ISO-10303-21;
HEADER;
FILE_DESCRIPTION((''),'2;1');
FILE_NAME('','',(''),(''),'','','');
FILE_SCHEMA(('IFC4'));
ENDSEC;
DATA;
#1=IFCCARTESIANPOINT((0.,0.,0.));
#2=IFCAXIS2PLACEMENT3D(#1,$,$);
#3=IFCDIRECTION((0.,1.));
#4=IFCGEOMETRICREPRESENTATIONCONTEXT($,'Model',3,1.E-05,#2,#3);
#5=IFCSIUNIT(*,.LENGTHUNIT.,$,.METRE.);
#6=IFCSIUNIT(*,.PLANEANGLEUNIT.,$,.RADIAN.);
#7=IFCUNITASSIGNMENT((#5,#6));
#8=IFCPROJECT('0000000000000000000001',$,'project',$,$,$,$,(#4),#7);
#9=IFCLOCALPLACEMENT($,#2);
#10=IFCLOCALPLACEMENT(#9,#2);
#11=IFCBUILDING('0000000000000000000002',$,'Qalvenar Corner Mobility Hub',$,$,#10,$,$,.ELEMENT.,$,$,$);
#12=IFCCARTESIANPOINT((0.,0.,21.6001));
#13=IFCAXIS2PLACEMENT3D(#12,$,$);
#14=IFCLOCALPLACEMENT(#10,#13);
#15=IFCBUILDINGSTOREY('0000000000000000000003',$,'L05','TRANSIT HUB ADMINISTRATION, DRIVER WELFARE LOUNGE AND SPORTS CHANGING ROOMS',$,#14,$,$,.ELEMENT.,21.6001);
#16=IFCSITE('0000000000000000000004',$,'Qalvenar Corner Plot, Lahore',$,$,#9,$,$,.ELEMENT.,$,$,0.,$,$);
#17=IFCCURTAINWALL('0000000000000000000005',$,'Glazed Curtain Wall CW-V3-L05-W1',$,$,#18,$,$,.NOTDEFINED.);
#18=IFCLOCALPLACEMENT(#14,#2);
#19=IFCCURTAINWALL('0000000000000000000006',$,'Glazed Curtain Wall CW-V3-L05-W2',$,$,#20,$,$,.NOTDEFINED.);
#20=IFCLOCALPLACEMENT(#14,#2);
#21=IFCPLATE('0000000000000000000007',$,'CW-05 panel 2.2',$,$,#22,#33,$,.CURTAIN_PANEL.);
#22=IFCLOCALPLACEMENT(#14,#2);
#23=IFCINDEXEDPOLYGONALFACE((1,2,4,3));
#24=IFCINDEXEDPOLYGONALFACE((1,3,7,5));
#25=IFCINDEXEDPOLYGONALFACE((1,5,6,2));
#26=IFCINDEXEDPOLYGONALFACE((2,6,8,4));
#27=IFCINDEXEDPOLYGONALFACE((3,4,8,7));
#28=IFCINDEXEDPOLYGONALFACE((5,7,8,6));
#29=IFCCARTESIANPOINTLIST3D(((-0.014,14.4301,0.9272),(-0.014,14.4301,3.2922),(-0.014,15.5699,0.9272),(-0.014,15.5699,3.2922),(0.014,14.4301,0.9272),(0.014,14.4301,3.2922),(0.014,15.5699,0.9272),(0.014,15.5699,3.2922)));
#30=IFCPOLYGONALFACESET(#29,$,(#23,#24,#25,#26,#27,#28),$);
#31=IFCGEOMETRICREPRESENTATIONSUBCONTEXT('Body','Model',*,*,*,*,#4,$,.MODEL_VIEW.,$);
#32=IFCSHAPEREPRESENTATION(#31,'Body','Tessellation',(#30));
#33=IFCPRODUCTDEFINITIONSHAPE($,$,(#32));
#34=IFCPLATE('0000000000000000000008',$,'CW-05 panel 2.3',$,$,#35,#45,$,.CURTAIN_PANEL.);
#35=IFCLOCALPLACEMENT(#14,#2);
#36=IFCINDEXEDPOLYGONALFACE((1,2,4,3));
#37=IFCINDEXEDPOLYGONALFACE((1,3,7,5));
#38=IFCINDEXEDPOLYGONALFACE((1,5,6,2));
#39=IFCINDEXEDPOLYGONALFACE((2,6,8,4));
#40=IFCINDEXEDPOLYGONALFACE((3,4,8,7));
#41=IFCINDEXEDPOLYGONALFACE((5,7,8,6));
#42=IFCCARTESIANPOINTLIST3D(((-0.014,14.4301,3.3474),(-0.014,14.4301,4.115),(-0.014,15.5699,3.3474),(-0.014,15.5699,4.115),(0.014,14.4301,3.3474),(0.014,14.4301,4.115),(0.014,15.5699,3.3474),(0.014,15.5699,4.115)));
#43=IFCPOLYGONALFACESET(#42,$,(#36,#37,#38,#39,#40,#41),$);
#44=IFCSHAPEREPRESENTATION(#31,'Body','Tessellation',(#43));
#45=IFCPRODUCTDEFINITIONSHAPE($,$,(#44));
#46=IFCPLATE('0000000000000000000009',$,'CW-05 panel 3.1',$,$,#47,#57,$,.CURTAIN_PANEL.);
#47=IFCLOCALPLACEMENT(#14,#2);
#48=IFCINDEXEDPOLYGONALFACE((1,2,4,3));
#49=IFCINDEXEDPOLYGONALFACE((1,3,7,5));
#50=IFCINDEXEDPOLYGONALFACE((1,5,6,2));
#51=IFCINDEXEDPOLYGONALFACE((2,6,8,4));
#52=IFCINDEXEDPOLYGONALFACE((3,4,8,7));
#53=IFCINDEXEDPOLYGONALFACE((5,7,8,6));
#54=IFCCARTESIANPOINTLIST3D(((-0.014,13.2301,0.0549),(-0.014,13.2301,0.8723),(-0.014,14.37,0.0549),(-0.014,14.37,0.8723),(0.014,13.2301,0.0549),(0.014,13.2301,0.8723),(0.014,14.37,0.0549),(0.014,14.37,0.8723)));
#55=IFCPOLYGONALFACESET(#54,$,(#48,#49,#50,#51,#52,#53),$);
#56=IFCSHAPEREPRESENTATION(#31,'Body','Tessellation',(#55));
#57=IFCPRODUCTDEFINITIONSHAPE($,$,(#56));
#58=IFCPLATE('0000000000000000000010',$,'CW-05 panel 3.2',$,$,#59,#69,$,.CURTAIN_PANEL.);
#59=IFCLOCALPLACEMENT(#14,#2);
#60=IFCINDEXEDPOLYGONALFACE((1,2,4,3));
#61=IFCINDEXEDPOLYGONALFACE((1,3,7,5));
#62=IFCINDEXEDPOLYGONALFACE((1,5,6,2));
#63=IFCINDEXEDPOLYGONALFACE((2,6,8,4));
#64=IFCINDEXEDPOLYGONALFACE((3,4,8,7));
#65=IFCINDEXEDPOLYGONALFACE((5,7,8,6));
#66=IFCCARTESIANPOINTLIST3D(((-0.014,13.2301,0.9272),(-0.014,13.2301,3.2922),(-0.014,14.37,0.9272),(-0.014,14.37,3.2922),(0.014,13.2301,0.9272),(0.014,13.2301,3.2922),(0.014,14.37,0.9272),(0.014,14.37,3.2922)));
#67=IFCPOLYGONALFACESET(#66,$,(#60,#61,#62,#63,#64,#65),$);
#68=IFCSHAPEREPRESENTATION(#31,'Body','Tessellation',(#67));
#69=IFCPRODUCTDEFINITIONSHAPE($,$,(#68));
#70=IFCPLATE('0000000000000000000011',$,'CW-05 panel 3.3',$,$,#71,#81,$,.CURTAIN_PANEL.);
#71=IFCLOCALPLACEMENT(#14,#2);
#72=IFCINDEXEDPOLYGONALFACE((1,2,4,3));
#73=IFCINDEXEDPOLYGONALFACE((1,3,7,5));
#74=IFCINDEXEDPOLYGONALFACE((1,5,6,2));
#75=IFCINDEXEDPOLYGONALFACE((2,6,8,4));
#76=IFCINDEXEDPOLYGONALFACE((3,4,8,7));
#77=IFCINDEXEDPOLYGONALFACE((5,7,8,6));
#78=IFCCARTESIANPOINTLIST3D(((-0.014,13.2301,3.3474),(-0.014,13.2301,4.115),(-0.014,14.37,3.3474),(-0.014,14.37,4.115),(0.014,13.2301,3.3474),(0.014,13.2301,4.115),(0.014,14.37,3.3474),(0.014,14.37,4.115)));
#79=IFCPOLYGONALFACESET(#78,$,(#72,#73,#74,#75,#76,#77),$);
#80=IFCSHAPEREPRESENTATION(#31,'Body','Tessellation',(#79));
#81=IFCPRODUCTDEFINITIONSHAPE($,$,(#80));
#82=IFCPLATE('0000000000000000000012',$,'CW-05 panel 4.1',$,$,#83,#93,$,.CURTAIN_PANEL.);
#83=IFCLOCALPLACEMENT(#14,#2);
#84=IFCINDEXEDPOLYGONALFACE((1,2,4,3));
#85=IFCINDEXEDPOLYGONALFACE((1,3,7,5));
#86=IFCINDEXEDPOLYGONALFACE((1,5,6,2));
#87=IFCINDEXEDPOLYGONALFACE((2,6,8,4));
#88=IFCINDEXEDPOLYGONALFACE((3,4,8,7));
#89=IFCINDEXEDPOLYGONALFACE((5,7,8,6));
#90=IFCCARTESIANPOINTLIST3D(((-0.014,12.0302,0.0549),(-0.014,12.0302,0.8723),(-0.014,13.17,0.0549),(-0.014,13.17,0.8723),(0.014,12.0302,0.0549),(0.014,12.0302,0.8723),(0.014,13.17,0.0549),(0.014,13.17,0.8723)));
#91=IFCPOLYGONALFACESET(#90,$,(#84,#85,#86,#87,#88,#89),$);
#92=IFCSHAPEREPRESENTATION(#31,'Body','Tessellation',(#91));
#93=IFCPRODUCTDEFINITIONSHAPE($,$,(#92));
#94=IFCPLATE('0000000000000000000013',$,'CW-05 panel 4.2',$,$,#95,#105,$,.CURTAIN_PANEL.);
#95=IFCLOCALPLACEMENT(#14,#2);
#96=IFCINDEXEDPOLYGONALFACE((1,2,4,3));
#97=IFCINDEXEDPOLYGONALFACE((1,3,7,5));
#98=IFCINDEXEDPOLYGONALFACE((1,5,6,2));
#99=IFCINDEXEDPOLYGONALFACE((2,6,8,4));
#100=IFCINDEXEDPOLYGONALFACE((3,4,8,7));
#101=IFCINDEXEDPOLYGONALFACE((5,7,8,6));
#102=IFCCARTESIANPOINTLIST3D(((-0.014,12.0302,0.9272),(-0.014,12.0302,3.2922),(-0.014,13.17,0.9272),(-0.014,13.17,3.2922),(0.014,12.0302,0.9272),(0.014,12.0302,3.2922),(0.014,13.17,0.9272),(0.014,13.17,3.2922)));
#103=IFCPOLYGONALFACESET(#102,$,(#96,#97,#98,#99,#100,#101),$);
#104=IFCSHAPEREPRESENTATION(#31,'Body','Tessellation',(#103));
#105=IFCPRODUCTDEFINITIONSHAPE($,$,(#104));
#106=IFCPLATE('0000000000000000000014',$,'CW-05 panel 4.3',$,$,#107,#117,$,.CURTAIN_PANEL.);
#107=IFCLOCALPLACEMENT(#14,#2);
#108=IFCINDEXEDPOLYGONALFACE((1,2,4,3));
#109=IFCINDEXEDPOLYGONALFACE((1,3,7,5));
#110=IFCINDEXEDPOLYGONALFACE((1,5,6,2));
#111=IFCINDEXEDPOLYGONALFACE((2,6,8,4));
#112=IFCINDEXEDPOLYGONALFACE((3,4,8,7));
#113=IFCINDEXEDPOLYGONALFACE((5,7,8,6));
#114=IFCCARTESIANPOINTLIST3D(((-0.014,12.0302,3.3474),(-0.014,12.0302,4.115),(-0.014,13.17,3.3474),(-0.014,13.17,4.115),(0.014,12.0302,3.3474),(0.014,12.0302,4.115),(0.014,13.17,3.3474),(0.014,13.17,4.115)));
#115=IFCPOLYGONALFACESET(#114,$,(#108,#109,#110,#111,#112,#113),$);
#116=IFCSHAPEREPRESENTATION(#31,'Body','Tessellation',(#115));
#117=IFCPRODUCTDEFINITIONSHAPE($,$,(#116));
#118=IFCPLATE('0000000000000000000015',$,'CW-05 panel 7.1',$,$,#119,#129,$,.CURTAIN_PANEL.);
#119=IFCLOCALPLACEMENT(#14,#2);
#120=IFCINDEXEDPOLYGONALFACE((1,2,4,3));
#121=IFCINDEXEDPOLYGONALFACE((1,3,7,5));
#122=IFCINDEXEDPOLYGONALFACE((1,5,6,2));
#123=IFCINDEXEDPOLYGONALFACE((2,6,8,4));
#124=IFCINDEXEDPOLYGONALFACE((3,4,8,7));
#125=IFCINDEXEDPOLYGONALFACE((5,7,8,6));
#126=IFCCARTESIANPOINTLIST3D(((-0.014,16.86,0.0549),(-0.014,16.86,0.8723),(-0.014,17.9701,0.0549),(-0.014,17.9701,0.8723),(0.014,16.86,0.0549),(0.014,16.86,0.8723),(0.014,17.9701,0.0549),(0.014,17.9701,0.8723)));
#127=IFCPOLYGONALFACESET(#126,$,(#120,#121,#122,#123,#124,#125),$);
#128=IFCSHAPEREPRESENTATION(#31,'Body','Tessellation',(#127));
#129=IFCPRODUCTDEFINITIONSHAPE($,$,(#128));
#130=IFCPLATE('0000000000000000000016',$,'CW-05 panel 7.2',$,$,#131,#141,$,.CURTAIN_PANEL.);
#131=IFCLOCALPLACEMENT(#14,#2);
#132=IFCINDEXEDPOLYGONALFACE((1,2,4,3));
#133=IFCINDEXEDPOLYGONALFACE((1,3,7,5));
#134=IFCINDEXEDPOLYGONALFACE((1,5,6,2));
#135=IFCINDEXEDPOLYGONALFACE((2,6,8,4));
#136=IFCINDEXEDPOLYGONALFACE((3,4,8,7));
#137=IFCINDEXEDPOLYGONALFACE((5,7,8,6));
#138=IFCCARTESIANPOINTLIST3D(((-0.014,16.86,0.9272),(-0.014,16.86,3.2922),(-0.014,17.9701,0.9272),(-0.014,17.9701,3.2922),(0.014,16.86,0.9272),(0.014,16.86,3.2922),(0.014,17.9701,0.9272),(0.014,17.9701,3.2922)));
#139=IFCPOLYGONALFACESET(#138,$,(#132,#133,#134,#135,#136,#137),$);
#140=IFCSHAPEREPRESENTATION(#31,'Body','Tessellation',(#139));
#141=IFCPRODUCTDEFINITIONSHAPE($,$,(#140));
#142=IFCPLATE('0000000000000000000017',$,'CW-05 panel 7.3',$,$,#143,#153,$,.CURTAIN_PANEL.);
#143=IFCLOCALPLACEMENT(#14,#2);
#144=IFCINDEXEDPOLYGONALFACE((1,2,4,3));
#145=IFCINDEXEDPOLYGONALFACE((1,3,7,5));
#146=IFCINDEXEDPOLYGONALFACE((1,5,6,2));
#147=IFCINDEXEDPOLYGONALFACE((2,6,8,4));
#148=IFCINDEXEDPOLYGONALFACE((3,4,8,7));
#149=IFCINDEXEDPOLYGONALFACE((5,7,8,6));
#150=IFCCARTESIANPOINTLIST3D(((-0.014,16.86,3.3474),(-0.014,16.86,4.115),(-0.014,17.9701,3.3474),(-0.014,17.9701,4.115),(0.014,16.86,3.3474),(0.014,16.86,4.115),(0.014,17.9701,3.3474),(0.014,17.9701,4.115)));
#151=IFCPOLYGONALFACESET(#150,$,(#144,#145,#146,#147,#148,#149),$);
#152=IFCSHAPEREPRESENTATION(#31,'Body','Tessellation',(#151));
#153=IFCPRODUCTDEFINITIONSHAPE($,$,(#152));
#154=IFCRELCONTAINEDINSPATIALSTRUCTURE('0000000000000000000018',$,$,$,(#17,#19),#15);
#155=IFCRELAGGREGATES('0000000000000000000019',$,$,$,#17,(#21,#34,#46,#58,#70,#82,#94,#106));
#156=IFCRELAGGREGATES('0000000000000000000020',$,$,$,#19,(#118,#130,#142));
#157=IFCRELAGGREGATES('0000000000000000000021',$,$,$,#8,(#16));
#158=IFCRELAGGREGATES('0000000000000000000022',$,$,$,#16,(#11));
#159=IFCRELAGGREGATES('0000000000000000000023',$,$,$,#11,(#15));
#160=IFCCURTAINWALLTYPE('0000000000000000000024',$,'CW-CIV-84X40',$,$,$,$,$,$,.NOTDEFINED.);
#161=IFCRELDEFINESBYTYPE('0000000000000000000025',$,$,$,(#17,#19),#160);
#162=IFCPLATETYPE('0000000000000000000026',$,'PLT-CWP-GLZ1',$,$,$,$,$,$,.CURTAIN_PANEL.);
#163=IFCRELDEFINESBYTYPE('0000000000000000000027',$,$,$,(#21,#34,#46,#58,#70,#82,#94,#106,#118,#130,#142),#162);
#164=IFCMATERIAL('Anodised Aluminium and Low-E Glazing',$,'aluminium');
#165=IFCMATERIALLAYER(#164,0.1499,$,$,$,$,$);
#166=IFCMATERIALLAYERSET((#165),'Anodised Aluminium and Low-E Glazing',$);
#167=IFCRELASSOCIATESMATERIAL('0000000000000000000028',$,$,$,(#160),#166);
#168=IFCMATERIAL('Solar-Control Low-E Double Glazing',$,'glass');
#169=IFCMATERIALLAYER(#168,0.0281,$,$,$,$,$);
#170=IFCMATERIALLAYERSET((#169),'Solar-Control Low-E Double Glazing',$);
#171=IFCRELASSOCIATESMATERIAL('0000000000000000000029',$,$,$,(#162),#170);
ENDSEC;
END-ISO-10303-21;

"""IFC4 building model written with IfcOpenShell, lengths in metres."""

from ifc_helpers import new_model, si_unit, direction, frame, origin, origin_2d, place, context, subcontext, project, spatial, rectangle, extrude, material, layer, layer_set, type_object, element, aggregate, save


model = new_model("IFC4")

# Units and contexts
model_context = context("Model", 3, precision=1e-05, world=origin(), true_north=direction((0.0, 1.0)))
body_context = subcontext(model_context, "Body", "Model", "MODEL_VIEW")
ifc_project = project(units=[si_unit("LENGTHUNIT", "METRE"), si_unit("PLANEANGLEUNIT", "RADIAN")], contexts=[model_context])

# Site, building, storey
site_placement = place(None, origin())
site = spatial("IfcSite", under=ifc_project, at=site_placement, Name="Qalvenar Corner Plot, Lahore", CompositionType="ELEMENT", RefElevation=0.0)
building_placement = place(site_placement, origin())
building = spatial("IfcBuilding", under=site, at=building_placement, Name="Qalvenar Corner Mobility Hub", CompositionType="ELEMENT")
storey_placement = place(building_placement, frame((0.0, 0.0, 21.6001)))
storey = spatial("IfcBuildingStorey", under=building, at=storey_placement, Name="L05", Description="TRANSIT HUB ADMINISTRATION, DRIVER WELFARE LOUNGE AND SPORTS CHANGING ROOMS", CompositionType="ELEMENT", Elevation=21.6001)

# Curtain wall
ifc_material_1 = material(Name="Anodised Aluminium and Low-E Glazing", Category="aluminium")
ifc_layer_1 = layer(ifc_material_1, 0.1499)
ifc_layer_set_1 = layer_set([ifc_layer_1], Name="Anodised Aluminium and Low-E Glazing")
curtain_wall_type = type_object("IfcCurtainWallType", Name="CW-CIV-84X40", PredefinedType="NOTDEFINED", material=ifc_layer_set_1)
curtain_wall_1_placement = place(storey_placement, origin())
curtain_wall_1 = element("IfcCurtainWall", 1, at=curtain_wall_1_placement, inside=storey, type_object=curtain_wall_type, Name="Glazed Curtain Wall CW-V3-L05-W1", PredefinedType="NOTDEFINED")

# Curtain wall
curtain_wall_2_placement = place(storey_placement, origin())
curtain_wall_2 = element("IfcCurtainWall", 2, at=curtain_wall_2_placement, inside=storey, type_object=curtain_wall_type, Name="Glazed Curtain Wall CW-V3-L05-W2", PredefinedType="NOTDEFINED")

# Plates
ifc_material_2 = material(Name="Solar-Control Low-E Double Glazing", Category="glass")
ifc_layer_2 = layer(ifc_material_2, 0.0281)
ifc_layer_set_2 = layer_set([ifc_layer_2], Name="Solar-Control Low-E Double Glazing")
plate_type = type_object("IfcPlateType", Name="PLT-CWP-GLZ1", PredefinedType="CURTAIN_PANEL", material=ifc_layer_set_2)
plate_1_placement = place(storey_placement, frame((0.0, 15.0, 0.9272), z_axis=(0.0, 0.0, 1.0), x_axis=(0.0, -1.0, 0.0)))
plate_1 = element("IfcPlate", 3, at=plate_1_placement, type_object=plate_type, Name="CW-05 panel 2.2", PredefinedType="CURTAIN_PANEL", context=body_context, shape_type="SweptSolid", body=[
    extrude(rectangle(XDim=1.1399, YDim=0.0281, at=origin_2d()), origin(), (0.0, 0.0, 1.0), 2.365),
])
plate_2_placement = place(storey_placement, frame((0.0, 15.0, 3.3474), z_axis=(0.0, 0.0, 1.0), x_axis=(0.0, -1.0, 0.0)))
plate_2 = element("IfcPlate", 4, at=plate_2_placement, type_object=plate_type, Name="CW-05 panel 2.3", PredefinedType="CURTAIN_PANEL", context=body_context, shape_type="SweptSolid", body=[
    extrude(rectangle(XDim=1.1399, YDim=0.0281, at=origin_2d()), origin(), (0.0, 0.0, 1.0), 0.7676),
])
plate_3_placement = place(storey_placement, frame((0.0, 13.8, 0.0549), z_axis=(0.0, 0.0, 1.0), x_axis=(0.0, -1.0, 0.0)))
plate_3 = element("IfcPlate", 5, at=plate_3_placement, type_object=plate_type, Name="CW-05 panel 3.1", PredefinedType="CURTAIN_PANEL", context=body_context, shape_type="SweptSolid", body=[
    extrude(rectangle(XDim=1.1399, YDim=0.0281, at=origin_2d()), origin(), (0.0, 0.0, 1.0), 0.8174),
])
plate_4_placement = place(storey_placement, frame((0.0, 13.8, 0.9272), z_axis=(0.0, 0.0, 1.0), x_axis=(0.0, -1.0, 0.0)))
plate_4 = element("IfcPlate", 6, at=plate_4_placement, type_object=plate_type, Name="CW-05 panel 3.2", PredefinedType="CURTAIN_PANEL", context=body_context, shape_type="SweptSolid", body=[
    extrude(rectangle(XDim=1.1399, YDim=0.0281, at=origin_2d()), origin(), (0.0, 0.0, 1.0), 2.365),
])
plate_5_placement = place(storey_placement, frame((0.0, 13.8, 3.3474), z_axis=(0.0, 0.0, 1.0), x_axis=(0.0, -1.0, 0.0)))
plate_5 = element("IfcPlate", 7, at=plate_5_placement, type_object=plate_type, Name="CW-05 panel 3.3", PredefinedType="CURTAIN_PANEL", context=body_context, shape_type="SweptSolid", body=[
    extrude(rectangle(XDim=1.1399, YDim=0.0281, at=origin_2d()), origin(), (0.0, 0.0, 1.0), 0.7676),
])
plate_6_placement = place(storey_placement, frame((0.0, 12.6001, 0.0549), z_axis=(0.0, 0.0, 1.0), x_axis=(0.0, -1.0, 0.0)))
plate_6 = element("IfcPlate", 8, at=plate_6_placement, type_object=plate_type, Name="CW-05 panel 4.1", PredefinedType="CURTAIN_PANEL", context=body_context, shape_type="SweptSolid", body=[
    extrude(rectangle(XDim=1.1399, YDim=0.0281, at=origin_2d()), origin(), (0.0, 0.0, 1.0), 0.8174),
])
plate_7_placement = place(storey_placement, frame((0.0, 12.6001, 0.9272), z_axis=(0.0, 0.0, 1.0), x_axis=(0.0, -1.0, 0.0)))
plate_7 = element("IfcPlate", 9, at=plate_7_placement, type_object=plate_type, Name="CW-05 panel 4.2", PredefinedType="CURTAIN_PANEL", context=body_context, shape_type="SweptSolid", body=[
    extrude(rectangle(XDim=1.1399, YDim=0.0281, at=origin_2d()), origin(), (0.0, 0.0, 1.0), 2.365),
])
plate_8_placement = place(storey_placement, frame((0.0, 12.6001, 3.3474), z_axis=(0.0, 0.0, 1.0), x_axis=(0.0, -1.0, 0.0)))
plate_8 = element("IfcPlate", 10, at=plate_8_placement, type_object=plate_type, Name="CW-05 panel 4.3", PredefinedType="CURTAIN_PANEL", context=body_context, shape_type="SweptSolid", body=[
    extrude(rectangle(XDim=1.1399, YDim=0.0281, at=origin_2d()), origin(), (0.0, 0.0, 1.0), 0.7676),
])
aggregate(curtain_wall_1, [plate_1, plate_2, plate_3, plate_4, plate_5, plate_6, plate_7, plate_8])
plate_9_placement = place(storey_placement, frame((0.0, 17.415, 0.0549), z_axis=(0.0, 0.0, 1.0), x_axis=(0.0, -1.0, 0.0)))
plate_9 = element("IfcPlate", 11, at=plate_9_placement, type_object=plate_type, Name="CW-05 panel 7.1", PredefinedType="CURTAIN_PANEL", context=body_context, shape_type="SweptSolid", body=[
    extrude(rectangle(XDim=1.1101, YDim=0.0281, at=origin_2d()), origin(), (0.0, 0.0, 1.0), 0.8174),
])
plate_10_placement = place(storey_placement, frame((0.0, 17.415, 0.9272), z_axis=(0.0, 0.0, 1.0), x_axis=(0.0, -1.0, 0.0)))
plate_10 = element("IfcPlate", 12, at=plate_10_placement, type_object=plate_type, Name="CW-05 panel 7.2", PredefinedType="CURTAIN_PANEL", context=body_context, shape_type="SweptSolid", body=[
    extrude(rectangle(XDim=1.1101, YDim=0.0281, at=origin_2d()), origin(), (0.0, 0.0, 1.0), 2.365),
])
plate_11_placement = place(storey_placement, frame((0.0, 17.415, 3.3474), z_axis=(0.0, 0.0, 1.0), x_axis=(0.0, -1.0, 0.0)))
plate_11 = element("IfcPlate", 13, at=plate_11_placement, type_object=plate_type, Name="CW-05 panel 7.3", PredefinedType="CURTAIN_PANEL", context=body_context, shape_type="SweptSolid", body=[
    extrude(rectangle(XDim=1.1101, YDim=0.0281, at=origin_2d()), origin(), (0.0, 0.0, 1.0), 0.7676),
])
aggregate(curtain_wall_2, [plate_9, plate_10, plate_11])

save(model, "model.ifc")
